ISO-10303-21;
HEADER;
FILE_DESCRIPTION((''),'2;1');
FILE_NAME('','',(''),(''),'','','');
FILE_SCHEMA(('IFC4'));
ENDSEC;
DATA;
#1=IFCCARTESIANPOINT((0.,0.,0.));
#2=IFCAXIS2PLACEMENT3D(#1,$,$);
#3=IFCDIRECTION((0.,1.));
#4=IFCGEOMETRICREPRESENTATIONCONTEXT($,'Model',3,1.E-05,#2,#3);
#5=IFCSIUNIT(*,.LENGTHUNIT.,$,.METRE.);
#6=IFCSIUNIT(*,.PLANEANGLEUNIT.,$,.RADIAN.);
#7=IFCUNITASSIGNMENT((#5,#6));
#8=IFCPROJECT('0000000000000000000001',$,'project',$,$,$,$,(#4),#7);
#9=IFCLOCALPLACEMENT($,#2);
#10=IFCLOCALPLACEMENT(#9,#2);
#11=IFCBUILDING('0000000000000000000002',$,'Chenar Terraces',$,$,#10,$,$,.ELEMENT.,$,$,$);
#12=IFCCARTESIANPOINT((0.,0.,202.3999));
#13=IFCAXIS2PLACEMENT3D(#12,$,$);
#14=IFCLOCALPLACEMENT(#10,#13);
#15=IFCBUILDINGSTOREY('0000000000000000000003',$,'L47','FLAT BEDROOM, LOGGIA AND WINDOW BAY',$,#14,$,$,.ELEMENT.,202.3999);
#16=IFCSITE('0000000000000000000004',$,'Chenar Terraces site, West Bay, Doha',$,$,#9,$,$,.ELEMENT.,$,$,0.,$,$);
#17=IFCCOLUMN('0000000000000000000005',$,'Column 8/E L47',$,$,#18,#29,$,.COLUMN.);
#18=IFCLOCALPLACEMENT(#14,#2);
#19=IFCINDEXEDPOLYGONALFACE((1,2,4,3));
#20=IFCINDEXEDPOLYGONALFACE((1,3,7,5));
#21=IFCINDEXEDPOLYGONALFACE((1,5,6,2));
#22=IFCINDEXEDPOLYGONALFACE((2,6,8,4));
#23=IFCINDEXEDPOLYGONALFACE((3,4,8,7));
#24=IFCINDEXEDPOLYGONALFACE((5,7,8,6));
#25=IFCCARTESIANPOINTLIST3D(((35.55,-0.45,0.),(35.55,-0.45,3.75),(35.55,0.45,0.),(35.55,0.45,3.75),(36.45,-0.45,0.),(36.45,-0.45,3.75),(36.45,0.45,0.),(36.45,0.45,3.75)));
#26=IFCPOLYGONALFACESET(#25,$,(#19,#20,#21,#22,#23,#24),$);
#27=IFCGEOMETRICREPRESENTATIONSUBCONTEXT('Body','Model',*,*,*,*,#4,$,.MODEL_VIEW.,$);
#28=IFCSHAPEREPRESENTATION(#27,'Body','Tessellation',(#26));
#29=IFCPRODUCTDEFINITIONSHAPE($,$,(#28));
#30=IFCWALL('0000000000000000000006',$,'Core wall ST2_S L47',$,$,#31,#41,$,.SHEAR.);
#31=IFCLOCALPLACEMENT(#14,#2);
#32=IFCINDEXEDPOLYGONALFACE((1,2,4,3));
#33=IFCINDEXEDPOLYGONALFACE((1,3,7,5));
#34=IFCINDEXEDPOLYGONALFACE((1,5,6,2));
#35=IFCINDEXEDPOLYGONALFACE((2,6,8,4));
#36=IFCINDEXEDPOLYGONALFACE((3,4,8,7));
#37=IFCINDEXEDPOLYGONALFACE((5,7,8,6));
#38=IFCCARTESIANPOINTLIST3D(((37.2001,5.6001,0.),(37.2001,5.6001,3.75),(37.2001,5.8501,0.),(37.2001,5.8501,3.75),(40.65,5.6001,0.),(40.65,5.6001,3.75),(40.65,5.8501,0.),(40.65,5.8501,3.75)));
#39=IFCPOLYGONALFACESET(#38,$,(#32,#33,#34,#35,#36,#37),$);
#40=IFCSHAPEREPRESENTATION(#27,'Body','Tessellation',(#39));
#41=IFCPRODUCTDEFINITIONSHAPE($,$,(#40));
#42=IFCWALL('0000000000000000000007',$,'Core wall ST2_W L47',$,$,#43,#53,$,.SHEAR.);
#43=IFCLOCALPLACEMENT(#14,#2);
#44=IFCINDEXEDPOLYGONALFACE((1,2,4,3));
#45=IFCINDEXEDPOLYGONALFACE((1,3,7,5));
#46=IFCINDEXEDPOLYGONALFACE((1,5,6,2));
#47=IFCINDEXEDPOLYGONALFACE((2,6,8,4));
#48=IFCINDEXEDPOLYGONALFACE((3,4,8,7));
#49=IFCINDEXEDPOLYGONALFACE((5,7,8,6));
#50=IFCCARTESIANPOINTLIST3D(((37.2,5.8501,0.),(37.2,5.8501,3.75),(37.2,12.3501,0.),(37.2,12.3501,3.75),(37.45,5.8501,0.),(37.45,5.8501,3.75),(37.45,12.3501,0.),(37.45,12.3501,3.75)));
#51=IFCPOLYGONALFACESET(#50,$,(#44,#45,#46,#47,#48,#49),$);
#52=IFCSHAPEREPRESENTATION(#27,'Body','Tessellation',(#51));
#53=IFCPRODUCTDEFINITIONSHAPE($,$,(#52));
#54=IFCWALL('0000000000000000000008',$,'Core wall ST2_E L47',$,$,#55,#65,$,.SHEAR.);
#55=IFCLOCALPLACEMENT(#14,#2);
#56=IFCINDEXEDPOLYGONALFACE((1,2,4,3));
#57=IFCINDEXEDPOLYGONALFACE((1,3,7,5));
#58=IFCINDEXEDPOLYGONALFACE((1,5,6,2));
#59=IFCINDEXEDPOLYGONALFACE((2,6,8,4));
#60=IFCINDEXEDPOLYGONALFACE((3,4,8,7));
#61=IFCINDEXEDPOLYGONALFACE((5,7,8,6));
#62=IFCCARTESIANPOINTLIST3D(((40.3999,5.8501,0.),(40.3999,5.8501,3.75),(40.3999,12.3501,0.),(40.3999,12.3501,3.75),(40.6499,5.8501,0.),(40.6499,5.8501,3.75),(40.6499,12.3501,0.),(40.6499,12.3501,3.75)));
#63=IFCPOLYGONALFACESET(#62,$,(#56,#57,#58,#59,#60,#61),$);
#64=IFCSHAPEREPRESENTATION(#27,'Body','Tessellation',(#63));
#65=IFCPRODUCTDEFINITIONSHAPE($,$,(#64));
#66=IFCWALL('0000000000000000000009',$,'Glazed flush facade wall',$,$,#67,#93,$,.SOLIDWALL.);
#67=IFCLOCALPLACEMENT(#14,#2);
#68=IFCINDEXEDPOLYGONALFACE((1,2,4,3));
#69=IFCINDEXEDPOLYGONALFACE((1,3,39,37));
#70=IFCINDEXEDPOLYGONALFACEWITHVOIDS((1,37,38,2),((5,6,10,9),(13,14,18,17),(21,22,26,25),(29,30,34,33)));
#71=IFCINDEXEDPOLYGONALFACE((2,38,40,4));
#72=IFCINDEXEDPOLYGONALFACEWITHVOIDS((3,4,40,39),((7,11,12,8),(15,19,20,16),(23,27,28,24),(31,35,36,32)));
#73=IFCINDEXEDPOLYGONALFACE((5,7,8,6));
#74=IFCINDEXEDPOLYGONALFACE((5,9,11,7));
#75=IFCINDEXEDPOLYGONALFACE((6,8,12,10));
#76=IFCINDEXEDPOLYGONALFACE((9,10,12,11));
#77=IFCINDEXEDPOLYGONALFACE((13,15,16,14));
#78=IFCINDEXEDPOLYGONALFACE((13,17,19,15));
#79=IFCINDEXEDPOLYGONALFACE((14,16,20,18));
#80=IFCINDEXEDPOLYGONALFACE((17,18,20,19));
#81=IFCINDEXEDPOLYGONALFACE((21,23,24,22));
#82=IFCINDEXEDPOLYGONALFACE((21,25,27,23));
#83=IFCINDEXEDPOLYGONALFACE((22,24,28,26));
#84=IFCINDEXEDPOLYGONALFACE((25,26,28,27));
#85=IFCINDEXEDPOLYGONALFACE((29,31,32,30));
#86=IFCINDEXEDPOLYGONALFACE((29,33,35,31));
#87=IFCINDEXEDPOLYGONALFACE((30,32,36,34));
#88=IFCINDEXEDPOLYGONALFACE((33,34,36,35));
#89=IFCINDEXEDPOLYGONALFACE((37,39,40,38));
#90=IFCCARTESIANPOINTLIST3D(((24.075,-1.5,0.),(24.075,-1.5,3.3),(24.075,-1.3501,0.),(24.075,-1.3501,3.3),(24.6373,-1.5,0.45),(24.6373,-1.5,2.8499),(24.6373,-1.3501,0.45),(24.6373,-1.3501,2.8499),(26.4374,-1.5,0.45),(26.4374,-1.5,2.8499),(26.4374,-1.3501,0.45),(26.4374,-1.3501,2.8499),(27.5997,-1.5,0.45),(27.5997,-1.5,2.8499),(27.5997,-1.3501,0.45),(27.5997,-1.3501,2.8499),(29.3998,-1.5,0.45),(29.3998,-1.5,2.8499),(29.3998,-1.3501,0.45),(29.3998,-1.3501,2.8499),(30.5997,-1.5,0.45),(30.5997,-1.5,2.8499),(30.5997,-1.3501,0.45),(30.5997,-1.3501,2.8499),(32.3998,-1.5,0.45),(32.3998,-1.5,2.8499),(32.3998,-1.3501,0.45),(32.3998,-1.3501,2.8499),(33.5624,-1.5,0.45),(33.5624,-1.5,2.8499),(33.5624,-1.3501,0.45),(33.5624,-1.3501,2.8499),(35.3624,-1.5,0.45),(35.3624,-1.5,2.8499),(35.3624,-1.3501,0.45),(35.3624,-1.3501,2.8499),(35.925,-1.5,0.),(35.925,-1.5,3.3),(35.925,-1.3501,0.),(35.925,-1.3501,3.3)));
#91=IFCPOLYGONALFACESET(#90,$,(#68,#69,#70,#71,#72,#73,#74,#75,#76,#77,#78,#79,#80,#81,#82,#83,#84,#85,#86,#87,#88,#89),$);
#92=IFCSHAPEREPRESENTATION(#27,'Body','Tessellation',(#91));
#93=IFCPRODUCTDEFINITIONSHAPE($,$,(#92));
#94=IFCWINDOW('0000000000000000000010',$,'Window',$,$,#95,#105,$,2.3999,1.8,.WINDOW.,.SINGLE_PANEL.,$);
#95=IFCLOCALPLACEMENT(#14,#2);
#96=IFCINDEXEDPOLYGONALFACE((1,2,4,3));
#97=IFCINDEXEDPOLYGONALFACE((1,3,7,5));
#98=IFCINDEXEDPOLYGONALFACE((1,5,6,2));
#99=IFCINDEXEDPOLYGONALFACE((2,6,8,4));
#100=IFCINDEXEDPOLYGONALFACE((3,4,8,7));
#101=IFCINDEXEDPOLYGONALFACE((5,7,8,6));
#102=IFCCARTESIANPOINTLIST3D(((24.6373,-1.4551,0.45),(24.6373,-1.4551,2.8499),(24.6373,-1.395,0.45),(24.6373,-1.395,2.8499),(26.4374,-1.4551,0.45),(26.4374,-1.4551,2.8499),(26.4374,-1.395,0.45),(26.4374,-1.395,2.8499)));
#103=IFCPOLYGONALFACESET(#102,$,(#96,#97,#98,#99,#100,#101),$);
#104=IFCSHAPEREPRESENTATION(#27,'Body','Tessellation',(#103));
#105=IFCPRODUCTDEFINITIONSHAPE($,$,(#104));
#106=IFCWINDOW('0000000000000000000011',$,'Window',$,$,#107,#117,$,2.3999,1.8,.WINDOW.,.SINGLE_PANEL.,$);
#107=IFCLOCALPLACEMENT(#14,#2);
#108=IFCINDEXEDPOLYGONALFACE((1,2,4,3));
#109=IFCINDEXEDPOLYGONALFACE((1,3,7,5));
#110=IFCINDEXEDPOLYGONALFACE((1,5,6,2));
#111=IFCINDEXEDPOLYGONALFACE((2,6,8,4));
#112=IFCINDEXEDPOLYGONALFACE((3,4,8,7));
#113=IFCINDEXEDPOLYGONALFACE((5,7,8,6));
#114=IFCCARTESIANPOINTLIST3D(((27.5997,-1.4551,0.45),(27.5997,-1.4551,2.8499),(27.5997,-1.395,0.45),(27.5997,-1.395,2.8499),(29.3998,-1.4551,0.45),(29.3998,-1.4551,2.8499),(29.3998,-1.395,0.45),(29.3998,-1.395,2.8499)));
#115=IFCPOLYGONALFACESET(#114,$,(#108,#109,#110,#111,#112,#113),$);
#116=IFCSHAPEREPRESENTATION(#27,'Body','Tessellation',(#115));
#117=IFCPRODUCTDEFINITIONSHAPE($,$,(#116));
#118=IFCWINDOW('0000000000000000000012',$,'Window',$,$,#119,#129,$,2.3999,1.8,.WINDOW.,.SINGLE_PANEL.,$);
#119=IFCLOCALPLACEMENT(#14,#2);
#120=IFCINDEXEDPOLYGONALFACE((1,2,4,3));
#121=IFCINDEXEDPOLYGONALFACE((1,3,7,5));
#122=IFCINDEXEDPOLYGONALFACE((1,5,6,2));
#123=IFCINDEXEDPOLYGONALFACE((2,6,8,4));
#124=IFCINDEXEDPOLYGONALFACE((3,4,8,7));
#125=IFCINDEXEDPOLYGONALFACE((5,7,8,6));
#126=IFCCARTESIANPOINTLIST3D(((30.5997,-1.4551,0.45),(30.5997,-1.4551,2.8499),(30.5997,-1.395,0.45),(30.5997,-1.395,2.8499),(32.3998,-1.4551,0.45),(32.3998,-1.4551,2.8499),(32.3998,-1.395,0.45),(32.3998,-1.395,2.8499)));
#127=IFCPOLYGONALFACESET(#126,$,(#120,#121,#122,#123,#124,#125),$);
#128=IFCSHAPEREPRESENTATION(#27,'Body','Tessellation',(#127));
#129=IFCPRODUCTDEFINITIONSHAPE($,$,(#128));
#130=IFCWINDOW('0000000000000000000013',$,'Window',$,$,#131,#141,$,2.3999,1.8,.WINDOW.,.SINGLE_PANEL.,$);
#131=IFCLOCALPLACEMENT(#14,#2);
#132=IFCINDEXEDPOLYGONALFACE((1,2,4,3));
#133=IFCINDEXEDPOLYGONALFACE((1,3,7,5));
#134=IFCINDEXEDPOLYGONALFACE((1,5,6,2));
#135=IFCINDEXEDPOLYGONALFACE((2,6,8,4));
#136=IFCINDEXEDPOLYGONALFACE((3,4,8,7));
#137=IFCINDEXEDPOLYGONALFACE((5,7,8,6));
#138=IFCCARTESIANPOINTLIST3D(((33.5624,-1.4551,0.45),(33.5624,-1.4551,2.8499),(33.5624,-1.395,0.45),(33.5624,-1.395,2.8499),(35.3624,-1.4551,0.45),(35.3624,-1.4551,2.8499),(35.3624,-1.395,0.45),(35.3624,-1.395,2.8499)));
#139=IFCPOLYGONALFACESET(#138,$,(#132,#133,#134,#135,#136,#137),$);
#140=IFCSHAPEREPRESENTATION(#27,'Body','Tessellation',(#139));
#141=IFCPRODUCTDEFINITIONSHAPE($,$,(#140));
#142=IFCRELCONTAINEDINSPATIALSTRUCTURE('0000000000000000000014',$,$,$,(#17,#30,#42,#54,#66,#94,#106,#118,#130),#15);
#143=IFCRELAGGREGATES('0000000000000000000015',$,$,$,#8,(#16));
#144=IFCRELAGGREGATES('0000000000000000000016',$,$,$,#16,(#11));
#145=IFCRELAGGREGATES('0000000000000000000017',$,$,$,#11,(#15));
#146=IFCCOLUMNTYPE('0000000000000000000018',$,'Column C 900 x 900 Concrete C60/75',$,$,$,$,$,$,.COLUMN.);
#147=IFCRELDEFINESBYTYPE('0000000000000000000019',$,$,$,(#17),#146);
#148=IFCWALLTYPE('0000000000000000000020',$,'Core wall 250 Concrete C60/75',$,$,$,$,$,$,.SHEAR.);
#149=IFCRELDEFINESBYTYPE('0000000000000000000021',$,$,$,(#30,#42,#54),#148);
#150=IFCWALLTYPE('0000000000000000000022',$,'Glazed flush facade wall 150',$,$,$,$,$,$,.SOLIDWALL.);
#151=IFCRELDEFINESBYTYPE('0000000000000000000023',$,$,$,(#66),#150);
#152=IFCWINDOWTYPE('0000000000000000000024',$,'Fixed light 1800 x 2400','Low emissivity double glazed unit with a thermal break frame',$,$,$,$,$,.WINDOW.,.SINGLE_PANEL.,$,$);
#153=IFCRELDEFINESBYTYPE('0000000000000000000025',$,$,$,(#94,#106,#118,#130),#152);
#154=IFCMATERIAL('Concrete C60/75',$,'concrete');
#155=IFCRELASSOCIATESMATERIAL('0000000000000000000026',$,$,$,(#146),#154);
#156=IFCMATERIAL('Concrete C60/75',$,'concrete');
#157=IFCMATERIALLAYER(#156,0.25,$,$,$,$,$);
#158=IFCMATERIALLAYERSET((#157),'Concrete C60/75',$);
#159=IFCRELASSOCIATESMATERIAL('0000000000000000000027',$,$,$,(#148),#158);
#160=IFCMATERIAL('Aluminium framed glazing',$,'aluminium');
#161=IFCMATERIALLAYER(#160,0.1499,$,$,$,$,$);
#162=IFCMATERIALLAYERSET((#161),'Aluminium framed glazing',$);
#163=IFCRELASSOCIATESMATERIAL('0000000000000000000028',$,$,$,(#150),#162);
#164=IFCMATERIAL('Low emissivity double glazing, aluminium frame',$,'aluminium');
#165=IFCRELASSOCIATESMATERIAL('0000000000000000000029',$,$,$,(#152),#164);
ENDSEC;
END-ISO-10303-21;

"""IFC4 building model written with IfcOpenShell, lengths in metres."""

from ifc_helpers import new_model, si_unit, direction, frame, frame_2d, origin, origin_2d, place, context, subcontext, project, spatial, rectangle, extrude, material, layer, layer_set, material_profile, profile_set, type_object, element, fill, save


model = new_model("IFC4")

# Units and contexts
model_context = context("Model", 3, precision=1e-05, world=origin(), true_north=direction((0.0, 1.0)))
body_context = subcontext(model_context, "Body", "Model", "MODEL_VIEW")
ifc_project = project(units=[si_unit("LENGTHUNIT", "METRE"), si_unit("PLANEANGLEUNIT", "RADIAN")], contexts=[model_context])

# Site, building, storey
site_placement = place(None, origin())
site = spatial("IfcSite", under=ifc_project, at=site_placement, Name="Chenar Terraces site, West Bay, Doha", CompositionType="ELEMENT", RefElevation=0.0)
building_placement = place(site_placement, origin())
building = spatial("IfcBuilding", under=site, at=building_placement, Name="Chenar Terraces", CompositionType="ELEMENT")
storey_placement = place(building_placement, frame((0.0, 0.0, 202.3999)))
storey = spatial("IfcBuildingStorey", under=building, at=storey_placement, Name="L47", Description="FLAT BEDROOM, LOGGIA AND WINDOW BAY", CompositionType="ELEMENT", Elevation=202.3999)

# Column
ifc_material_1 = material(Name="Concrete C60/75", Category="concrete")
ifc_material_profile = material_profile(ifc_material_1, rectangle(XDim=0.8999, YDim=0.8999, at=origin_2d()), Name="C 900 x 900")
ifc_profile_set = profile_set([ifc_material_profile], Name="Concrete C60/75")
column_type = type_object("IfcColumnType", Name="Column C 900 x 900 Concrete C60/75", PredefinedType="COLUMN", material=ifc_profile_set)
column_placement = place(storey_placement, frame((36.0, 0.0, 0.0), z_axis=(0.0, 0.0, 1.0), x_axis=(1.0, 0.0, 0.0)))
element("IfcColumn", 1, at=column_placement, inside=storey, type_object=column_type, Name="Column 8/E L47", PredefinedType="COLUMN", context=body_context, shape_type="SweptSolid", body=[
    extrude(rectangle(XDim=0.8999, YDim=0.8999, at=origin_2d()), origin(), (0.0, 0.0, 1.0), 3.75),
])

# Walls
ifc_material_2 = material(Name="Concrete C60/75", Category="concrete")
ifc_layer_1 = layer(ifc_material_2, 0.25)
ifc_layer_set_1 = layer_set([ifc_layer_1], Name="Concrete C60/75")
wall_type_1 = type_object("IfcWallType", Name="Core wall 250 Concrete C60/75", PredefinedType="SHEAR", material=ifc_layer_set_1)
wall_1_placement = place(storey_placement, frame((37.2, 5.7251, 0.0), z_axis=(0.0, 0.0, 1.0), x_axis=(1.0, 0.0, 0.0)))
element("IfcWall", 2, at=wall_1_placement, inside=storey, type_object=wall_type_1, Name="Core wall ST2_S L47", PredefinedType="SHEAR", context=body_context, shape_type="SweptSolid", body=[
    extrude(rectangle(XDim=3.45, YDim=0.25, at=frame_2d((1.7251, 0.0))), origin(), (0.0, 0.0, 1.0), 3.75),
])
for number, where, z_axis, x_axis, name in (
    (3, (37.325, 5.8501, 0.0), (0.0, 0.0, 1.0), (0.0, 1.0, 0.0), "Core wall ST2_W L47"),
    (4, (40.5249, 5.8501, 0.0), (0.0, 0.0, 1.0), (0.0, 1.0, 0.0), "Core wall ST2_E L47"),
):
    element("IfcWall", number, at=place(storey_placement, frame(where, z_axis=z_axis, x_axis=x_axis)), inside=storey, type_object=wall_type_1, Name=name, PredefinedType="SHEAR", context=body_context, shape_type="SweptSolid", body=[
        extrude(rectangle(XDim=6.5, YDim=0.25, at=frame_2d((3.25, 0.0))), origin(), (0.0, 0.0, 1.0), 3.75),
    ])

# Wall, openings, windows
ifc_material_3 = material(Name="Aluminium framed glazing", Category="aluminium")
ifc_layer_2 = layer(ifc_material_3, 0.1499)
ifc_layer_set_2 = layer_set([ifc_layer_2], Name="Aluminium framed glazing")
wall_type_2 = type_object("IfcWallType", Name="Glazed flush facade wall 150", PredefinedType="SOLIDWALL", material=ifc_layer_set_2)
wall_2_placement = place(storey_placement, frame((24.075, -1.425, 0.0), z_axis=(0.0, 0.0, 1.0), x_axis=(1.0, 0.0, 0.0)))
wall_2 = element("IfcWall", 5, at=wall_2_placement, inside=storey, type_object=wall_type_2, Name="Glazed flush facade wall", PredefinedType="SOLIDWALL", context=body_context, shape_type="SweptSolid", body=[
    extrude(rectangle(XDim=11.8501, YDim=0.1499, at=frame_2d((5.925, 0.0))), origin(), (0.0, 0.0, 1.0), 3.3),
])
opening_1_placement = place(wall_2_placement, frame((0.5625, 0.0, 0.45)))
opening_1 = element("IfcOpeningElement", 6, at=opening_1_placement, cuts=wall_2, PredefinedType="OPENING", context=body_context, shape_type="SweptSolid", body=[
    extrude(rectangle(XDim=1.8, YDim=2.3999, at=frame_2d((0.8999, 1.2))), frame((0.0, 0.085, 0.0), z_axis=(0.0, -1.0, 0.0), x_axis=(1.0, 0.0, 0.0)), (0.0, 0.0, 1.0), 0.1699),
])
opening_2_placement = place(wall_2_placement, frame((3.5249, 0.0, 0.45)))
opening_2 = element("IfcOpeningElement", 7, at=opening_2_placement, cuts=wall_2, PredefinedType="OPENING", context=body_context, shape_type="SweptSolid", body=[
    extrude(rectangle(XDim=1.8, YDim=2.3999, at=frame_2d((0.8999, 1.2))), frame((0.0, 0.085, 0.0), z_axis=(0.0, -1.0, 0.0), x_axis=(1.0, 0.0, 0.0)), (0.0, 0.0, 1.0), 0.1699),
])
opening_3_placement = place(wall_2_placement, frame((6.5249, 0.0, 0.45)))
opening_3 = element("IfcOpeningElement", 8, at=opening_3_placement, cuts=wall_2, PredefinedType="OPENING", context=body_context, shape_type="SweptSolid", body=[
    extrude(rectangle(XDim=1.8, YDim=2.3999, at=frame_2d((0.8999, 1.2))), frame((0.0, 0.085, 0.0), z_axis=(0.0, -1.0, 0.0), x_axis=(1.0, 0.0, 0.0)), (0.0, 0.0, 1.0), 0.1699),
])
opening_4_placement = place(wall_2_placement, frame((9.4875, 0.0, 0.45)))
opening_4 = element("IfcOpeningElement", 9, at=opening_4_placement, cuts=wall_2, PredefinedType="OPENING", context=body_context, shape_type="SweptSolid", body=[
    extrude(rectangle(XDim=1.8, YDim=2.3999, at=frame_2d((0.8999, 1.2))), frame((0.0, 0.085, 0.0), z_axis=(0.0, -1.0, 0.0), x_axis=(1.0, 0.0, 0.0)), (0.0, 0.0, 1.0), 0.1699),
])
ifc_material_4 = material(Name="Low emissivity double glazing, aluminium frame", Category="aluminium")
window_type_1 = type_object("IfcWindowType", Name="Fixed light 1800 x 2400", Description="Low emissivity double glazed unit with a thermal break frame", PartitioningType="SINGLE_PANEL", PredefinedType="WINDOW", material=ifc_material_4)
window_1_placement = place(opening_1_placement, origin())
window_1 = element("IfcWindow", 10, at=window_1_placement, inside=storey, type_object=window_type_1, Name="Window", OverallHeight=2.3999, OverallWidth=1.8, PartitioningType="SINGLE_PANEL", PredefinedType="WINDOW", context=body_context, shape_type="SweptSolid", body=[
    extrude(rectangle(XDim=1.8, YDim=2.3999, at=frame_2d((0.8999, 1.2))), frame((0.0, 0.03, 0.0), z_axis=(0.0, -1.0, 0.0), x_axis=(1.0, 0.0, 0.0)), (0.0, 0.0, 1.0), 0.0601),
])
fill(opening_1, window_1)
window_2_placement = place(opening_2_placement, origin())
window_2 = element("IfcWindow", 11, at=window_2_placement, inside=storey, type_object=window_type_1, Name="Window", OverallHeight=2.3999, OverallWidth=1.8, PartitioningType="SINGLE_PANEL", PredefinedType="WINDOW", context=body_context, shape_type="SweptSolid", body=[
    extrude(rectangle(XDim=1.8, YDim=2.3999, at=frame_2d((0.8999, 1.2))), frame((0.0, 0.03, 0.0), z_axis=(0.0, -1.0, 0.0), x_axis=(1.0, 0.0, 0.0)), (0.0, 0.0, 1.0), 0.0601),
])
fill(opening_2, window_2)
window_3_placement = place(opening_3_placement, origin())
window_3 = element("IfcWindow", 12, at=window_3_placement, inside=storey, type_object=window_type_1, Name="Window", OverallHeight=2.3999, OverallWidth=1.8, PartitioningType="SINGLE_PANEL", PredefinedType="WINDOW", context=body_context, shape_type="SweptSolid", body=[
    extrude(rectangle(XDim=1.8, YDim=2.3999, at=frame_2d((0.8999, 1.2))), frame((0.0, 0.03, 0.0), z_axis=(0.0, -1.0, 0.0), x_axis=(1.0, 0.0, 0.0)), (0.0, 0.0, 1.0), 0.0601),
])
fill(opening_3, window_3)
window_4_placement = place(opening_4_placement, origin())
window_4 = element("IfcWindow", 13, at=window_4_placement, inside=storey, type_object=window_type_1, Name="Window", OverallHeight=2.3999, OverallWidth=1.8, PartitioningType="SINGLE_PANEL", PredefinedType="WINDOW", context=body_context, shape_type="SweptSolid", body=[
    extrude(rectangle(XDim=1.8, YDim=2.3999, at=frame_2d((0.8999, 1.2))), frame((0.0, 0.03, 0.0), z_axis=(0.0, -1.0, 0.0), x_axis=(1.0, 0.0, 0.0)), (0.0, 0.0, 1.0), 0.0601),
])
fill(opening_4, window_4)

save(model, "model.ifc")
